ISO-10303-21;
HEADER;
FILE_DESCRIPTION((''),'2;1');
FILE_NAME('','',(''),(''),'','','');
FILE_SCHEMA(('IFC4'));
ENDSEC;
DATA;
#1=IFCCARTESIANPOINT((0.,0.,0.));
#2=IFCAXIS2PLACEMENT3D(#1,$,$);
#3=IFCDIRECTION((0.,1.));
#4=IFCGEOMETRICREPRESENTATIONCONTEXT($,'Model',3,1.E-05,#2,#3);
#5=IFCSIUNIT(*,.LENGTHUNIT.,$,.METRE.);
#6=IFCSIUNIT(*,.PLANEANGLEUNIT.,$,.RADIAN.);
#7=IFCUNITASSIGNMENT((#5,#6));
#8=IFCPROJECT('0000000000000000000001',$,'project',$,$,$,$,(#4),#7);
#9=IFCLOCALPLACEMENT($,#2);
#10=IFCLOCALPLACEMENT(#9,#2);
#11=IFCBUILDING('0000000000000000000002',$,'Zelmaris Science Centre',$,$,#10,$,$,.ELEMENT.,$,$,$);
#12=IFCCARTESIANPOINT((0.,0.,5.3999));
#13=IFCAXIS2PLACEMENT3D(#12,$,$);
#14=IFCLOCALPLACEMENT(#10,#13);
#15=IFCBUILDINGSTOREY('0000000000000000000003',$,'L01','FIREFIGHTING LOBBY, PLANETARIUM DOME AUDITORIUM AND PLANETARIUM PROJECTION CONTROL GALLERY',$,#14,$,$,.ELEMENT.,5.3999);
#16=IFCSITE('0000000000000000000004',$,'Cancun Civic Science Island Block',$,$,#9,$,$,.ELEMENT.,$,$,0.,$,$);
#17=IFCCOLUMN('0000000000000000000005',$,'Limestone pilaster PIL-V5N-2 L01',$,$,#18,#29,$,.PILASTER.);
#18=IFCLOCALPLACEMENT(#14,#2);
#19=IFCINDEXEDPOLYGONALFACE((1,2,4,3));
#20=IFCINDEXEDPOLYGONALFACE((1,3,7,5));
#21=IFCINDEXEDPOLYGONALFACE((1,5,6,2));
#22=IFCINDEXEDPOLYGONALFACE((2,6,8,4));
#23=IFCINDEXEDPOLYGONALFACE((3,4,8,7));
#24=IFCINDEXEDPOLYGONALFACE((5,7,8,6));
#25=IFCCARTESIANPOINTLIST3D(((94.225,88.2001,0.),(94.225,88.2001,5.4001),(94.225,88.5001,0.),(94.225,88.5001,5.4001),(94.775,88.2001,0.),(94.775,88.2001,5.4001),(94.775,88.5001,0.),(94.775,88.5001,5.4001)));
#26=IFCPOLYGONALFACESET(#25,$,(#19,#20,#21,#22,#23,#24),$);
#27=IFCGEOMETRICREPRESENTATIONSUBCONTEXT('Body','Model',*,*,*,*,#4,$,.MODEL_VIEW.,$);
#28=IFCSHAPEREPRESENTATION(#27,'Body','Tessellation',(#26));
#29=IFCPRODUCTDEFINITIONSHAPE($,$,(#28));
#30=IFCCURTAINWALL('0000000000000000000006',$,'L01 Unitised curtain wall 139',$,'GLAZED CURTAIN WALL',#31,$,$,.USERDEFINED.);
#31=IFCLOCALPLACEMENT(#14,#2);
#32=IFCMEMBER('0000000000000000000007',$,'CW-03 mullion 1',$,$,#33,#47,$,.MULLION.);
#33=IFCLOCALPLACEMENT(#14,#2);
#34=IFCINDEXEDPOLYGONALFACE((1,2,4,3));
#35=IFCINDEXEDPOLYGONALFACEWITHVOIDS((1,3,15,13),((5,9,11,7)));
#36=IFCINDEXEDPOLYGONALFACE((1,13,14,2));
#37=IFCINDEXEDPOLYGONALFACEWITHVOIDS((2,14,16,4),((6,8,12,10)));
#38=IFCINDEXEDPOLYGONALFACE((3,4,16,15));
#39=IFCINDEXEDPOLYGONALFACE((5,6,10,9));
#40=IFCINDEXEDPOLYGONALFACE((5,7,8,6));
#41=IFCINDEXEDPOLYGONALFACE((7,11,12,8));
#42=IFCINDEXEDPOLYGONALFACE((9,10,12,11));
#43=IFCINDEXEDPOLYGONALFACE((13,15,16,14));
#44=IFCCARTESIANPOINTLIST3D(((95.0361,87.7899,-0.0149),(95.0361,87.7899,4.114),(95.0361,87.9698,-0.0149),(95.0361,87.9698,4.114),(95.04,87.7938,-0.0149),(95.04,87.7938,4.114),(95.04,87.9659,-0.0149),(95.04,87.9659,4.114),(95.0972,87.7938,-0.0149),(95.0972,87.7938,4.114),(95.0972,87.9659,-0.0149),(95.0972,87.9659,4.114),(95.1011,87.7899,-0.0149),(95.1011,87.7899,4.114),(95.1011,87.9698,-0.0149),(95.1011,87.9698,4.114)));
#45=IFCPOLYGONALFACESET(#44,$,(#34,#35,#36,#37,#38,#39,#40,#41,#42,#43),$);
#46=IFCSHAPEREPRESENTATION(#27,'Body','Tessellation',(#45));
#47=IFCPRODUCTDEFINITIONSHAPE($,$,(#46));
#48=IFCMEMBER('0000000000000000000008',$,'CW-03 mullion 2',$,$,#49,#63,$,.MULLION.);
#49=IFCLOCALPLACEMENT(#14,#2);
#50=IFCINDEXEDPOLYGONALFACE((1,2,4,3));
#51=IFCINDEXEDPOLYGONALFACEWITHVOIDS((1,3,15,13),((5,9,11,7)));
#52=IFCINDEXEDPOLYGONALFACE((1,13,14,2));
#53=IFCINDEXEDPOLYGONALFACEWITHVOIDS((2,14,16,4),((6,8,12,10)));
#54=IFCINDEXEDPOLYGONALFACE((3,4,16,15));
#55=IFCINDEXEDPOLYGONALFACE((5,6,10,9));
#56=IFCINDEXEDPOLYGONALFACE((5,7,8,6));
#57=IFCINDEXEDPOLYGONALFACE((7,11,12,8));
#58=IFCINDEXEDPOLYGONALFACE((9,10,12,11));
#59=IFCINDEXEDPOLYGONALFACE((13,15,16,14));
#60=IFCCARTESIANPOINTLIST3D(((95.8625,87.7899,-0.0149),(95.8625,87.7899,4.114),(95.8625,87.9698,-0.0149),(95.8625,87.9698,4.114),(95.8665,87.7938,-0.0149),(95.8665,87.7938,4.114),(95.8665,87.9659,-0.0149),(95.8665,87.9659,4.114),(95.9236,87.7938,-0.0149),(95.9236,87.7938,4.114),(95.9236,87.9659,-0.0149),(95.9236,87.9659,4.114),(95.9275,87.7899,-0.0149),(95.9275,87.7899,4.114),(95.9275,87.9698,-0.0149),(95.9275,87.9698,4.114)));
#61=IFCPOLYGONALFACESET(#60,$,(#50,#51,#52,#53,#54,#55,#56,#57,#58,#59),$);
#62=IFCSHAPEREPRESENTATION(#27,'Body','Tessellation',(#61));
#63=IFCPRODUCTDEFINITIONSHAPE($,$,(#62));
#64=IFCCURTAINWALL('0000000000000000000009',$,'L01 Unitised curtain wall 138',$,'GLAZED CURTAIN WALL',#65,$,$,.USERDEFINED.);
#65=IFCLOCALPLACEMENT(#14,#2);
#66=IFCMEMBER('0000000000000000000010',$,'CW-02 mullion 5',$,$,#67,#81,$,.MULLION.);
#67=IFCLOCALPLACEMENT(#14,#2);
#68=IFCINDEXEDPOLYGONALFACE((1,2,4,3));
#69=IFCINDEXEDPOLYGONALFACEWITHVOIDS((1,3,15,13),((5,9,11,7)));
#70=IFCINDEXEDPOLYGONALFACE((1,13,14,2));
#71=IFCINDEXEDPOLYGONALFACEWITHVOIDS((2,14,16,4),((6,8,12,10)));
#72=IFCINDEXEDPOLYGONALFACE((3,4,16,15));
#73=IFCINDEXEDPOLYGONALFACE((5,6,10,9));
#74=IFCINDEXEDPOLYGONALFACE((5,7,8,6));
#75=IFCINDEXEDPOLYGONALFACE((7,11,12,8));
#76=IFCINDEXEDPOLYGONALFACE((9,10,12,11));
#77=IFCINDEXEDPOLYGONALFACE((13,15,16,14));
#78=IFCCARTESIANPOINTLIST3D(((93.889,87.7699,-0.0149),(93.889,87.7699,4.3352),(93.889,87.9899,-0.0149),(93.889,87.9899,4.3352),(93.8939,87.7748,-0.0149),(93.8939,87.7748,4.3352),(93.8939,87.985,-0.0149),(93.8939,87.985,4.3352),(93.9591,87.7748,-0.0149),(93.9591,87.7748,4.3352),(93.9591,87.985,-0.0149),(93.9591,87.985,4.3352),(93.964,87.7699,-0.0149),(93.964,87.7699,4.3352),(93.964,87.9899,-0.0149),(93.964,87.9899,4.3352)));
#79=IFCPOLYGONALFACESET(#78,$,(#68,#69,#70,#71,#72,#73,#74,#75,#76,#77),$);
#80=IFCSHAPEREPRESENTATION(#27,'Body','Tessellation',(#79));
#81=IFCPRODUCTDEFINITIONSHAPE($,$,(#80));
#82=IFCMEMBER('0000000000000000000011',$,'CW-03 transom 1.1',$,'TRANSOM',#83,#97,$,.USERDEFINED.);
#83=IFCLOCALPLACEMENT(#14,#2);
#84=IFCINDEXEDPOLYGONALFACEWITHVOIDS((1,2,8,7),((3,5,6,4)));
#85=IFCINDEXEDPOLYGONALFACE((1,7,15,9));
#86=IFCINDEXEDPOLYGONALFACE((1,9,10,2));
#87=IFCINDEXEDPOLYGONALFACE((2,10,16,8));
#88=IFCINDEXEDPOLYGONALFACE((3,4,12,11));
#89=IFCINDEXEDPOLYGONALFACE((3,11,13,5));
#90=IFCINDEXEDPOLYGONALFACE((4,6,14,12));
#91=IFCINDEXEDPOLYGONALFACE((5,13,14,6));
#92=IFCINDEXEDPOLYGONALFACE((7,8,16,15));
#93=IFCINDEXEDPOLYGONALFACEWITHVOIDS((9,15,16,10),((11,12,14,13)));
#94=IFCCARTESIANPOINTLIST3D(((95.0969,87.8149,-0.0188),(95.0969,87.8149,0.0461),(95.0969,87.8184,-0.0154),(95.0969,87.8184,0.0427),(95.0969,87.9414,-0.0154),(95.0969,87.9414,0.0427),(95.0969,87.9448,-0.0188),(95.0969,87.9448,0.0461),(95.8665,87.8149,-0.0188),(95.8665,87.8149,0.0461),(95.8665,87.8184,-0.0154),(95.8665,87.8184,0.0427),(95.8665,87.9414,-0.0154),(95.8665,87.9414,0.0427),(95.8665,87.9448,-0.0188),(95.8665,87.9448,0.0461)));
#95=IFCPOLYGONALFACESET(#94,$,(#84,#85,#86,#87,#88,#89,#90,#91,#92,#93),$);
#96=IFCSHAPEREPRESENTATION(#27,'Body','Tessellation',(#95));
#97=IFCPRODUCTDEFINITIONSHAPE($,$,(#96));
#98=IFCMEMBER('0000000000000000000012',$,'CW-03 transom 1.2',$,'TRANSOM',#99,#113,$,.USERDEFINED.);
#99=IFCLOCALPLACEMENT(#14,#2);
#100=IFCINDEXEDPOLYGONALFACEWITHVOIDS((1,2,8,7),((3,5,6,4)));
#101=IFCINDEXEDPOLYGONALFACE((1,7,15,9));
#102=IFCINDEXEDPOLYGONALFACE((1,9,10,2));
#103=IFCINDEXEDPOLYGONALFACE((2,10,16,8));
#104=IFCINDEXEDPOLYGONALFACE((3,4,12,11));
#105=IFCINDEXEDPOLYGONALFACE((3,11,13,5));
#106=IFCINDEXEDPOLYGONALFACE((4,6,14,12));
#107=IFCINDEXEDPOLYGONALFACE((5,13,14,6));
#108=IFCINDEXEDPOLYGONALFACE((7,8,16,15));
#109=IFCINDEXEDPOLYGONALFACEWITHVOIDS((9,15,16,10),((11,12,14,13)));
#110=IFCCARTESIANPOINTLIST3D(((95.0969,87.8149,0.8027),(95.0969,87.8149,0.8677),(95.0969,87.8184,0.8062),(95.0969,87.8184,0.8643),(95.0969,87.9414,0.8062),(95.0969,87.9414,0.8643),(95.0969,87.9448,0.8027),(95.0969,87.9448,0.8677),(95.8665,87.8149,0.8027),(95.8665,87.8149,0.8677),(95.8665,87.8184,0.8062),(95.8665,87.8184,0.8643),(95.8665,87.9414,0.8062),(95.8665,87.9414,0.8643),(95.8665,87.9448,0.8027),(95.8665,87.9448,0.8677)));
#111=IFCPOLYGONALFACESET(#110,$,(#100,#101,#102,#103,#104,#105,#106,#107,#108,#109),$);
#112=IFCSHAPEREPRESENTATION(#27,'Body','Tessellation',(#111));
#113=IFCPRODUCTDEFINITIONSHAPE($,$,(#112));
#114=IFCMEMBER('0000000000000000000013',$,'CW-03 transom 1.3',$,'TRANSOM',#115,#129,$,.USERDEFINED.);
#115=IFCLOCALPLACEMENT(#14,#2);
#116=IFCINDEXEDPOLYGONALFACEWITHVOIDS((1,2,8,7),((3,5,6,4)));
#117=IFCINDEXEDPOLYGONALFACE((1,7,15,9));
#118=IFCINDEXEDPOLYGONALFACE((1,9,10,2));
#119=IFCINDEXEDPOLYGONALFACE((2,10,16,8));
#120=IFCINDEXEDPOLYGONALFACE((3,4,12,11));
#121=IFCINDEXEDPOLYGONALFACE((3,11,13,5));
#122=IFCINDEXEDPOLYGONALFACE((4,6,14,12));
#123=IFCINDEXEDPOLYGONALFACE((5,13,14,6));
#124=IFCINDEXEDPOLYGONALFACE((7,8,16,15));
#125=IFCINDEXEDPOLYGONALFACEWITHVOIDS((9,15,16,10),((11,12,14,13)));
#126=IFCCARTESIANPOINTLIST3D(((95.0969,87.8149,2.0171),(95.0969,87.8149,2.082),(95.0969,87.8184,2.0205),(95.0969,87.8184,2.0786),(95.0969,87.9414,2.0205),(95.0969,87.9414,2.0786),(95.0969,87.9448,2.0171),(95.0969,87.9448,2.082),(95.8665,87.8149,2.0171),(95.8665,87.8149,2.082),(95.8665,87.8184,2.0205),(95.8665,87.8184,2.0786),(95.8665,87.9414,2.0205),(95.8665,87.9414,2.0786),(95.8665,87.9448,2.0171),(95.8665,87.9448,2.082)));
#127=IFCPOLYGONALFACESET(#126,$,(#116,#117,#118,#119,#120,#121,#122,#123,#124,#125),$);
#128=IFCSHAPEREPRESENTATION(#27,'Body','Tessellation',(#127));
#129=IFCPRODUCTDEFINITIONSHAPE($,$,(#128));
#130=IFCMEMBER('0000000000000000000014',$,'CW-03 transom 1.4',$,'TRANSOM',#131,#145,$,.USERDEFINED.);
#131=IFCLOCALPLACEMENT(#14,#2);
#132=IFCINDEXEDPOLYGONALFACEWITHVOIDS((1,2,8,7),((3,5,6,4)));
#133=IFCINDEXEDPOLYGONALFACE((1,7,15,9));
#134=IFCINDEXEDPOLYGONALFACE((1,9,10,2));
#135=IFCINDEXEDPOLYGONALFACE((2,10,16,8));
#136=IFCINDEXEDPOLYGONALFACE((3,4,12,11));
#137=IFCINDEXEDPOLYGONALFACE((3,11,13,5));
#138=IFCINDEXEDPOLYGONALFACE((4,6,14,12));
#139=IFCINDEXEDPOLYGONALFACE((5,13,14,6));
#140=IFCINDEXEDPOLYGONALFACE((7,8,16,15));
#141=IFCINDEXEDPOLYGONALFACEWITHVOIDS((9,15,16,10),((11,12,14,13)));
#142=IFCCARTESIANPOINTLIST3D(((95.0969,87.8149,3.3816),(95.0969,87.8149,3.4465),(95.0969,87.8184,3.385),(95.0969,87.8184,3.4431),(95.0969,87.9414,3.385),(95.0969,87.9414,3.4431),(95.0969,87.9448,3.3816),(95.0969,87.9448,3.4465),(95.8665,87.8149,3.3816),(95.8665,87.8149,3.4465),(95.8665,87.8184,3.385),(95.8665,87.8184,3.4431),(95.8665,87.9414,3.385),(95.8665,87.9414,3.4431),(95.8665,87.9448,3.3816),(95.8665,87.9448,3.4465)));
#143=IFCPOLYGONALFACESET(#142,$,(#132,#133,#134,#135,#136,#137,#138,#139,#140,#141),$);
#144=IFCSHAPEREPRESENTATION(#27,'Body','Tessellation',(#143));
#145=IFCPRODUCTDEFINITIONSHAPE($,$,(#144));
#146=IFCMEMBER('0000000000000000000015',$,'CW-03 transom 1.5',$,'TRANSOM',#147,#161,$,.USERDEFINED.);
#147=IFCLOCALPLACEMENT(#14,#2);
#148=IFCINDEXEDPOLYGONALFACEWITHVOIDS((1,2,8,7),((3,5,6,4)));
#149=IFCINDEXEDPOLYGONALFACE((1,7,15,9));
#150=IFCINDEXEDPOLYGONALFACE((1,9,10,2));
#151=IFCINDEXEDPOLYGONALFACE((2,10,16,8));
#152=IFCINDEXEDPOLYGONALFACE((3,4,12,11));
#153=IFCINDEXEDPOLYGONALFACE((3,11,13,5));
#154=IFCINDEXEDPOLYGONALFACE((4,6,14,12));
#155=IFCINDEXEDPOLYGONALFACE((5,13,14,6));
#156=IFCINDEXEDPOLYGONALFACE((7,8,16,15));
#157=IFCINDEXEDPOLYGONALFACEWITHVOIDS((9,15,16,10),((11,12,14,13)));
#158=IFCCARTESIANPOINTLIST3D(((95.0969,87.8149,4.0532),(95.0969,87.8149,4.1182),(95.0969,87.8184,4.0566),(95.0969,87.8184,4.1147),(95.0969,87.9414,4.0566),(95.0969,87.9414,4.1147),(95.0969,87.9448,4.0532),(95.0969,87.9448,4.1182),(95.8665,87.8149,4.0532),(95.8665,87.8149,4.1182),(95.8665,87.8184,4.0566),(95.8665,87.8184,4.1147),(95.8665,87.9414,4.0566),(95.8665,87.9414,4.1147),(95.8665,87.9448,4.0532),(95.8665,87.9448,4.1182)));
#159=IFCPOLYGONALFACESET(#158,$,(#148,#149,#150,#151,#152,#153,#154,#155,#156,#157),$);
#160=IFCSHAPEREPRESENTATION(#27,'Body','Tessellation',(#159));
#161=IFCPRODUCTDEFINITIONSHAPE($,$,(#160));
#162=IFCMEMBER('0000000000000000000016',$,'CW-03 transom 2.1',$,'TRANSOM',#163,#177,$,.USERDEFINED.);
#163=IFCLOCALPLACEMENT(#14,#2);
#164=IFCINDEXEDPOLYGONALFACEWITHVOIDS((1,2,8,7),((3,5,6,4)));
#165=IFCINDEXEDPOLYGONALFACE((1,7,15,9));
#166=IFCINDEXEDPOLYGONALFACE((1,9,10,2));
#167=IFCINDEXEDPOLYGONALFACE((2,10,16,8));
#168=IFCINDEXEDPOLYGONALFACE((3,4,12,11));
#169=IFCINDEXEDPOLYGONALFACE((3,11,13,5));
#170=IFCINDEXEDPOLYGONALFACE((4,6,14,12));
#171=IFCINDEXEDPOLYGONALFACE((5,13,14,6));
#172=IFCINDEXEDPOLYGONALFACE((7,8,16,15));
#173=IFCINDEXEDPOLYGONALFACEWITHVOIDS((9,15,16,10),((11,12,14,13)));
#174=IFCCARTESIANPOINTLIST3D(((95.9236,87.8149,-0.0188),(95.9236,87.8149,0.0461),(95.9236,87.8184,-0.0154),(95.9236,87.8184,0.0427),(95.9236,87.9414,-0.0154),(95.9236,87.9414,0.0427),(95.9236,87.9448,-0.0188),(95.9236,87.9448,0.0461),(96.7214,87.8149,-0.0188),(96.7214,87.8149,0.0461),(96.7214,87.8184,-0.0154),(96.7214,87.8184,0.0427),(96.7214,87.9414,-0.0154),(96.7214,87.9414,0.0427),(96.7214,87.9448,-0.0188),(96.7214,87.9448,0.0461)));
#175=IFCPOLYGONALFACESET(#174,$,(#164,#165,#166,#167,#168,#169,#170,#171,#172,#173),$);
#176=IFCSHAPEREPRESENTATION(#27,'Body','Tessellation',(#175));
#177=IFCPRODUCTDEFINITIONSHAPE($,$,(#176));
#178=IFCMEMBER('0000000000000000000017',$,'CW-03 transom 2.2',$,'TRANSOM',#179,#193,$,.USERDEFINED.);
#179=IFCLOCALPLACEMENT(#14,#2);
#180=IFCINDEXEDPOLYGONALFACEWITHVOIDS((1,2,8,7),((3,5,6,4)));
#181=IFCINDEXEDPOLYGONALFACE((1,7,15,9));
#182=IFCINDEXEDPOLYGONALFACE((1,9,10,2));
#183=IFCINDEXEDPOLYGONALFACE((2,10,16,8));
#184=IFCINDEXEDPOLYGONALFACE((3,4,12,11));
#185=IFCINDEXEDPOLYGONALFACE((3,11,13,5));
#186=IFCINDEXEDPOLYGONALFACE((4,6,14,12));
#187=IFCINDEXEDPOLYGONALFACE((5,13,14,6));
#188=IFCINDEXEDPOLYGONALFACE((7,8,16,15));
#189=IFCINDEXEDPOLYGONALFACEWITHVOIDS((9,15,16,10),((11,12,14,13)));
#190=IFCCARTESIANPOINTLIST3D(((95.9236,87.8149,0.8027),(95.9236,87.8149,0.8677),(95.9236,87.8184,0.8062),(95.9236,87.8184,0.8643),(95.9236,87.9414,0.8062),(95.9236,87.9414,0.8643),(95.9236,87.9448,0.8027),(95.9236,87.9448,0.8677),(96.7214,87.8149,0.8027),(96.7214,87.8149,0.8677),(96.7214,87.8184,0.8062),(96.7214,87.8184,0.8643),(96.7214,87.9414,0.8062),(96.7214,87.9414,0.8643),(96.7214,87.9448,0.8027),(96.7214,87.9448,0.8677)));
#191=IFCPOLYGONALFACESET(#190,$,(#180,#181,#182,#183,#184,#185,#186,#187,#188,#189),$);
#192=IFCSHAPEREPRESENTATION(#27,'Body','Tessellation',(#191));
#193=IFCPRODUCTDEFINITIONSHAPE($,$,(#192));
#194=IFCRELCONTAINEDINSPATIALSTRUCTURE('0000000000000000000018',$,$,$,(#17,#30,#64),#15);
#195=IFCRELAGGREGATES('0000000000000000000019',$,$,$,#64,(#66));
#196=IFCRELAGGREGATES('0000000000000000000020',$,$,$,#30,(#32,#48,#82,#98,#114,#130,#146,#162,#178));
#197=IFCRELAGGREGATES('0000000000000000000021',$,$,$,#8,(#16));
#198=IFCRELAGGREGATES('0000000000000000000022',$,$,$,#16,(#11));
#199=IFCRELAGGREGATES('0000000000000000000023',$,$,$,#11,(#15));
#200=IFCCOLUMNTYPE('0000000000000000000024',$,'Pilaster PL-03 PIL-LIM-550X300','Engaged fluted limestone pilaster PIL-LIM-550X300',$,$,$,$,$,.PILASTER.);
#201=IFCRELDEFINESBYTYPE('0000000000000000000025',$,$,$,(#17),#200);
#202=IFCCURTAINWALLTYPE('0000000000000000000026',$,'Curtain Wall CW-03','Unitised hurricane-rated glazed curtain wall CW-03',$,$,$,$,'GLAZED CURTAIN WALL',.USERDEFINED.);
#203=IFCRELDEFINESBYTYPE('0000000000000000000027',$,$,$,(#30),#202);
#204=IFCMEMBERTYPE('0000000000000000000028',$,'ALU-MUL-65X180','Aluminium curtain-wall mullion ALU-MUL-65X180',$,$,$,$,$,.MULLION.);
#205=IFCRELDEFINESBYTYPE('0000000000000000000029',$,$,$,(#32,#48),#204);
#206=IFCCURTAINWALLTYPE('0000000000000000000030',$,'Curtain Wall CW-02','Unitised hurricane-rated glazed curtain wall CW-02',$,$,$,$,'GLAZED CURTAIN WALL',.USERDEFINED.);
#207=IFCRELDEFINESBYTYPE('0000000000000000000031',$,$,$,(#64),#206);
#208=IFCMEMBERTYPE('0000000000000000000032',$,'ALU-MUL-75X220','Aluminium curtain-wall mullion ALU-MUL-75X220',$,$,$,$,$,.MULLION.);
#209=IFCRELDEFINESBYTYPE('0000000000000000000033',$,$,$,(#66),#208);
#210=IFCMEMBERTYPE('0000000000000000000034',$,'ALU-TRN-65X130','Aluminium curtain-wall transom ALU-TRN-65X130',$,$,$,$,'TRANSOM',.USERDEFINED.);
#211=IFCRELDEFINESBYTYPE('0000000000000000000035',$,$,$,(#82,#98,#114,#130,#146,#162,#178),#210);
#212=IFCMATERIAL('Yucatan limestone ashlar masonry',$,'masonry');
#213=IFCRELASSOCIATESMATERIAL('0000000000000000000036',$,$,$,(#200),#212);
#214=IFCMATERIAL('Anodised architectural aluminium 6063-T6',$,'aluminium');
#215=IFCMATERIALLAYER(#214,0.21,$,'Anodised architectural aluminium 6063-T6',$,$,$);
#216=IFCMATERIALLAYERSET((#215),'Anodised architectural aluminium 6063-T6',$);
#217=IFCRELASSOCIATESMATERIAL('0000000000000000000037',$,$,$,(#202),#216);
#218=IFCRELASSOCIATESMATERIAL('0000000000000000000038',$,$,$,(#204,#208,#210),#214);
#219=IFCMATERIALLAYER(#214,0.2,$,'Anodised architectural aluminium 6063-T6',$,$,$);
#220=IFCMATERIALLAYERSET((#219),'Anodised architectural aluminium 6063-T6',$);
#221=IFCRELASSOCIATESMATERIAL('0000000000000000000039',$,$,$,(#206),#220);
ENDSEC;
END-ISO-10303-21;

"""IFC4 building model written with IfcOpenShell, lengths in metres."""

from ifc_helpers import new_model, si_unit, direction, frame, origin, origin_2d, place, context, subcontext, project, spatial, rectangle, hollow_rectangle, extrude, material, layer, layer_set, material_profile, profile_set, type_object, element, aggregate, save


model = new_model("IFC4")

# Units and contexts
model_context = context("Model", 3, precision=1e-05, world=origin(), true_north=direction((0.0, 1.0)))
body_context = subcontext(model_context, "Body", "Model", "MODEL_VIEW")
ifc_project = project(units=[si_unit("LENGTHUNIT", "METRE"), si_unit("PLANEANGLEUNIT", "RADIAN")], contexts=[model_context])

# Site, building, storey
site_placement = place(None, origin())
site = spatial("IfcSite", under=ifc_project, at=site_placement, Name="Cancun Civic Science Island Block", CompositionType="ELEMENT", RefElevation=0.0)
building_placement = place(site_placement, origin())
building = spatial("IfcBuilding", under=site, at=building_placement, Name="Zelmaris Science Centre", CompositionType="ELEMENT")
storey_placement = place(building_placement, frame((0.0, 0.0, 5.3999)))
storey = spatial("IfcBuildingStorey", under=building, at=storey_placement, Name="L01", Description="FIREFIGHTING LOBBY, PLANETARIUM DOME AUDITORIUM AND PLANETARIUM PROJECTION CONTROL GALLERY", CompositionType="ELEMENT", Elevation=5.3999)

# Column
ifc_material_1 = material(Name="Yucatan limestone ashlar masonry", Category="masonry")
ifc_material_profile_1 = material_profile(ifc_material_1, rectangle(XDim=0.55, YDim=0.3, at=origin_2d()), Name="PIL-LIM-550X300")
ifc_profile_set_1 = profile_set([ifc_material_profile_1], Name="Yucatan limestone ashlar masonry")
column_type = type_object("IfcColumnType", Name="Pilaster PL-03 PIL-LIM-550X300", Description="Engaged fluted limestone pilaster PIL-LIM-550X300", PredefinedType="PILASTER", material=ifc_profile_set_1)
column_placement = place(storey_placement, frame((94.5, 88.3501, 0.0), z_axis=(0.0, 0.0, 1.0), x_axis=(1.0, 0.0, 0.0)))
element("IfcColumn", 1, at=column_placement, inside=storey, type_object=column_type, Name="Limestone pilaster PIL-V5N-2 L01", PredefinedType="PILASTER", context=body_context, shape_type="SweptSolid", body=[
    extrude(rectangle(XDim=0.55, YDim=0.3, at=origin_2d()), origin(), (0.0, 0.0, 1.0), 5.4001),
])

# Curtain wall, members
ifc_material_2 = material(Name="Anodised architectural aluminium 6063-T6", Category="aluminium")
ifc_layer_1 = layer(ifc_material_2, 0.21, Name="Anodised architectural aluminium 6063-T6")
ifc_layer_set_1 = layer_set([ifc_layer_1], Name="Anodised architectural aluminium 6063-T6")
curtain_wall_type_1 = type_object("IfcCurtainWallType", Name="Curtain Wall CW-03", Description="Unitised hurricane-rated glazed curtain wall CW-03", ElementType="GLAZED CURTAIN WALL", PredefinedType="USERDEFINED", material=ifc_layer_set_1)
curtain_wall_1_placement = place(storey_placement, origin())
curtain_wall_1 = element("IfcCurtainWall", 2, at=curtain_wall_1_placement, inside=storey, type_object=curtain_wall_type_1, Name="L01 Unitised curtain wall 139", ObjectType="GLAZED CURTAIN WALL", PredefinedType="USERDEFINED")
ifc_material_profile_2 = material_profile(ifc_material_2, hollow_rectangle(XDim=0.0649, YDim=0.1799, WallThickness=0.0039, at=origin_2d()), Name="ALU-MUL-65X180")
ifc_profile_set_2 = profile_set([ifc_material_profile_2], Name="Anodised architectural aluminium 6063-T6")
member_type_1 = type_object("IfcMemberType", Name="ALU-MUL-65X180", Description="Aluminium curtain-wall mullion ALU-MUL-65X180", PredefinedType="MULLION", material=ifc_profile_set_2)
member_1_placement = place(storey_placement, frame((95.0686, 87.8799, -0.0149), z_axis=(0.0, 0.0, 1.0), x_axis=(1.0, 0.0, 0.0)))
member_1 = element("IfcMember", 3, at=member_1_placement, type_object=member_type_1, Name="CW-03 mullion 1", PredefinedType="MULLION", context=body_context, shape_type="SweptSolid", body=[
    extrude(hollow_rectangle(XDim=0.0649, YDim=0.1799, WallThickness=0.0039, at=origin_2d()), origin(), (0.0, 0.0, 1.0), 4.1289),
])
member_2_placement = place(storey_placement, frame((95.895, 87.8799, -0.0149), z_axis=(0.0, 0.0, 1.0), x_axis=(1.0, 0.0, 0.0)))
member_2 = element("IfcMember", 4, at=member_2_placement, type_object=member_type_1, Name="CW-03 mullion 2", PredefinedType="MULLION", context=body_context, shape_type="SweptSolid", body=[
    extrude(hollow_rectangle(XDim=0.0649, YDim=0.1799, WallThickness=0.0039, at=origin_2d()), origin(), (0.0, 0.0, 1.0), 4.1289),
])

# Curtain wall, member
ifc_layer_2 = layer(ifc_material_2, 0.2, Name="Anodised architectural aluminium 6063-T6")
ifc_layer_set_2 = layer_set([ifc_layer_2], Name="Anodised architectural aluminium 6063-T6")
curtain_wall_type_2 = type_object("IfcCurtainWallType", Name="Curtain Wall CW-02", Description="Unitised hurricane-rated glazed curtain wall CW-02", ElementType="GLAZED CURTAIN WALL", PredefinedType="USERDEFINED", material=ifc_layer_set_2)
curtain_wall_2_placement = place(storey_placement, origin())
curtain_wall_2 = element("IfcCurtainWall", 5, at=curtain_wall_2_placement, inside=storey, type_object=curtain_wall_type_2, Name="L01 Unitised curtain wall 138", ObjectType="GLAZED CURTAIN WALL", PredefinedType="USERDEFINED")
ifc_material_profile_3 = material_profile(ifc_material_2, hollow_rectangle(XDim=0.075, YDim=0.22, WallThickness=0.0049, at=origin_2d()), Name="ALU-MUL-75X220")
ifc_profile_set_3 = profile_set([ifc_material_profile_3], Name="Anodised architectural aluminium 6063-T6")
member_type_2 = type_object("IfcMemberType", Name="ALU-MUL-75X220", Description="Aluminium curtain-wall mullion ALU-MUL-75X220", PredefinedType="MULLION", material=ifc_profile_set_3)
member_3_placement = place(storey_placement, frame((93.9265, 87.8799, -0.0149), z_axis=(0.0, 0.0, 1.0), x_axis=(1.0, 0.0, 0.0)))
member_3 = element("IfcMember", 6, at=member_3_placement, type_object=member_type_2, Name="CW-02 mullion 5", PredefinedType="MULLION", context=body_context, shape_type="SweptSolid", body=[
    extrude(hollow_rectangle(XDim=0.075, YDim=0.22, WallThickness=0.0049, at=origin_2d()), origin(), (0.0, 0.0, 1.0), 4.3501),
])

# Members
ifc_material_profile_4 = material_profile(ifc_material_2, hollow_rectangle(XDim=0.0649, YDim=0.1299, WallThickness=0.0034, at=origin_2d()), Name="ALU-TRN-65X130")
ifc_profile_set_4 = profile_set([ifc_material_profile_4], Name="Anodised architectural aluminium 6063-T6")
member_type_3 = type_object("IfcMemberType", Name="ALU-TRN-65X130", Description="Aluminium curtain-wall transom ALU-TRN-65X130", ElementType="TRANSOM", PredefinedType="USERDEFINED", material=ifc_profile_set_4)
member_4_placement = place(storey_placement, frame((95.0969, 87.8799, 0.0137), z_axis=(1.0, 0.0, 0.0), x_axis=(0.0, 0.0, 1.0)))
member_4 = element("IfcMember", 7, at=member_4_placement, type_object=member_type_3, Name="CW-03 transom 1.1", ObjectType="TRANSOM", PredefinedType="USERDEFINED", context=body_context, shape_type="SweptSolid", body=[
    extrude(hollow_rectangle(XDim=0.0649, YDim=0.1299, WallThickness=0.0034, at=origin_2d()), origin(), (0.0, 0.0, 1.0), 0.7695),
])
member_5_placement = place(storey_placement, frame((95.0969, 87.8799, 0.8352), z_axis=(1.0, 0.0, 0.0), x_axis=(0.0, 0.0, 1.0)))
member_5 = element("IfcMember", 8, at=member_5_placement, type_object=member_type_3, Name="CW-03 transom 1.2", ObjectType="TRANSOM", PredefinedType="USERDEFINED", context=body_context, shape_type="SweptSolid", body=[
    extrude(hollow_rectangle(XDim=0.0649, YDim=0.1299, WallThickness=0.0034, at=origin_2d()), origin(), (0.0, 0.0, 1.0), 0.7695),
])
member_6_placement = place(storey_placement, frame((95.0969, 87.8799, 2.0496), z_axis=(1.0, 0.0, 0.0), x_axis=(0.0, 0.0, 1.0)))
member_6 = element("IfcMember", 9, at=member_6_placement, type_object=member_type_3, Name="CW-03 transom 1.3", ObjectType="TRANSOM", PredefinedType="USERDEFINED", context=body_context, shape_type="SweptSolid", body=[
    extrude(hollow_rectangle(XDim=0.0649, YDim=0.1299, WallThickness=0.0034, at=origin_2d()), origin(), (0.0, 0.0, 1.0), 0.7695),
])
member_7_placement = place(storey_placement, frame((95.0969, 87.8799, 3.4141), z_axis=(1.0, 0.0, 0.0), x_axis=(0.0, 0.0, 1.0)))
member_7 = element("IfcMember", 10, at=member_7_placement, type_object=member_type_3, Name="CW-03 transom 1.4", ObjectType="TRANSOM", PredefinedType="USERDEFINED", context=body_context, shape_type="SweptSolid", body=[
    extrude(hollow_rectangle(XDim=0.0649, YDim=0.1299, WallThickness=0.0034, at=origin_2d()), origin(), (0.0, 0.0, 1.0), 0.7695),
])
member_8_placement = place(storey_placement, frame((95.0969, 87.8799, 4.0857), z_axis=(1.0, 0.0, 0.0), x_axis=(0.0, 0.0, 1.0)))
member_8 = element("IfcMember", 11, at=member_8_placement, type_object=member_type_3, Name="CW-03 transom 1.5", ObjectType="TRANSOM", PredefinedType="USERDEFINED", context=body_context, shape_type="SweptSolid", body=[
    extrude(hollow_rectangle(XDim=0.0649, YDim=0.1299, WallThickness=0.0034, at=origin_2d()), origin(), (0.0, 0.0, 1.0), 0.7695),
])
member_9_placement = place(storey_placement, frame((95.9236, 87.8799, 0.0137), z_axis=(1.0, 0.0, 0.0), x_axis=(0.0, 0.0, 1.0)))
member_9 = element("IfcMember", 12, at=member_9_placement, type_object=member_type_3, Name="CW-03 transom 2.1", ObjectType="TRANSOM", PredefinedType="USERDEFINED", context=body_context, shape_type="SweptSolid", body=[
    extrude(hollow_rectangle(XDim=0.0649, YDim=0.1299, WallThickness=0.0034, at=origin_2d()), origin(), (0.0, 0.0, 1.0), 0.7979),
])
member_10_placement = place(storey_placement, frame((95.9236, 87.8799, 0.8352), z_axis=(1.0, 0.0, 0.0), x_axis=(0.0, 0.0, 1.0)))
member_10 = element("IfcMember", 13, at=member_10_placement, type_object=member_type_3, Name="CW-03 transom 2.2", ObjectType="TRANSOM", PredefinedType="USERDEFINED", context=body_context, shape_type="SweptSolid", body=[
    extrude(hollow_rectangle(XDim=0.0649, YDim=0.1299, WallThickness=0.0034, at=origin_2d()), origin(), (0.0, 0.0, 1.0), 0.7979),
])

aggregate(curtain_wall_2, [member_3])
aggregate(curtain_wall_1, [member_1, member_2, member_4, member_5, member_6, member_7, member_8, member_9, member_10])

save(model, "model.ifc")
